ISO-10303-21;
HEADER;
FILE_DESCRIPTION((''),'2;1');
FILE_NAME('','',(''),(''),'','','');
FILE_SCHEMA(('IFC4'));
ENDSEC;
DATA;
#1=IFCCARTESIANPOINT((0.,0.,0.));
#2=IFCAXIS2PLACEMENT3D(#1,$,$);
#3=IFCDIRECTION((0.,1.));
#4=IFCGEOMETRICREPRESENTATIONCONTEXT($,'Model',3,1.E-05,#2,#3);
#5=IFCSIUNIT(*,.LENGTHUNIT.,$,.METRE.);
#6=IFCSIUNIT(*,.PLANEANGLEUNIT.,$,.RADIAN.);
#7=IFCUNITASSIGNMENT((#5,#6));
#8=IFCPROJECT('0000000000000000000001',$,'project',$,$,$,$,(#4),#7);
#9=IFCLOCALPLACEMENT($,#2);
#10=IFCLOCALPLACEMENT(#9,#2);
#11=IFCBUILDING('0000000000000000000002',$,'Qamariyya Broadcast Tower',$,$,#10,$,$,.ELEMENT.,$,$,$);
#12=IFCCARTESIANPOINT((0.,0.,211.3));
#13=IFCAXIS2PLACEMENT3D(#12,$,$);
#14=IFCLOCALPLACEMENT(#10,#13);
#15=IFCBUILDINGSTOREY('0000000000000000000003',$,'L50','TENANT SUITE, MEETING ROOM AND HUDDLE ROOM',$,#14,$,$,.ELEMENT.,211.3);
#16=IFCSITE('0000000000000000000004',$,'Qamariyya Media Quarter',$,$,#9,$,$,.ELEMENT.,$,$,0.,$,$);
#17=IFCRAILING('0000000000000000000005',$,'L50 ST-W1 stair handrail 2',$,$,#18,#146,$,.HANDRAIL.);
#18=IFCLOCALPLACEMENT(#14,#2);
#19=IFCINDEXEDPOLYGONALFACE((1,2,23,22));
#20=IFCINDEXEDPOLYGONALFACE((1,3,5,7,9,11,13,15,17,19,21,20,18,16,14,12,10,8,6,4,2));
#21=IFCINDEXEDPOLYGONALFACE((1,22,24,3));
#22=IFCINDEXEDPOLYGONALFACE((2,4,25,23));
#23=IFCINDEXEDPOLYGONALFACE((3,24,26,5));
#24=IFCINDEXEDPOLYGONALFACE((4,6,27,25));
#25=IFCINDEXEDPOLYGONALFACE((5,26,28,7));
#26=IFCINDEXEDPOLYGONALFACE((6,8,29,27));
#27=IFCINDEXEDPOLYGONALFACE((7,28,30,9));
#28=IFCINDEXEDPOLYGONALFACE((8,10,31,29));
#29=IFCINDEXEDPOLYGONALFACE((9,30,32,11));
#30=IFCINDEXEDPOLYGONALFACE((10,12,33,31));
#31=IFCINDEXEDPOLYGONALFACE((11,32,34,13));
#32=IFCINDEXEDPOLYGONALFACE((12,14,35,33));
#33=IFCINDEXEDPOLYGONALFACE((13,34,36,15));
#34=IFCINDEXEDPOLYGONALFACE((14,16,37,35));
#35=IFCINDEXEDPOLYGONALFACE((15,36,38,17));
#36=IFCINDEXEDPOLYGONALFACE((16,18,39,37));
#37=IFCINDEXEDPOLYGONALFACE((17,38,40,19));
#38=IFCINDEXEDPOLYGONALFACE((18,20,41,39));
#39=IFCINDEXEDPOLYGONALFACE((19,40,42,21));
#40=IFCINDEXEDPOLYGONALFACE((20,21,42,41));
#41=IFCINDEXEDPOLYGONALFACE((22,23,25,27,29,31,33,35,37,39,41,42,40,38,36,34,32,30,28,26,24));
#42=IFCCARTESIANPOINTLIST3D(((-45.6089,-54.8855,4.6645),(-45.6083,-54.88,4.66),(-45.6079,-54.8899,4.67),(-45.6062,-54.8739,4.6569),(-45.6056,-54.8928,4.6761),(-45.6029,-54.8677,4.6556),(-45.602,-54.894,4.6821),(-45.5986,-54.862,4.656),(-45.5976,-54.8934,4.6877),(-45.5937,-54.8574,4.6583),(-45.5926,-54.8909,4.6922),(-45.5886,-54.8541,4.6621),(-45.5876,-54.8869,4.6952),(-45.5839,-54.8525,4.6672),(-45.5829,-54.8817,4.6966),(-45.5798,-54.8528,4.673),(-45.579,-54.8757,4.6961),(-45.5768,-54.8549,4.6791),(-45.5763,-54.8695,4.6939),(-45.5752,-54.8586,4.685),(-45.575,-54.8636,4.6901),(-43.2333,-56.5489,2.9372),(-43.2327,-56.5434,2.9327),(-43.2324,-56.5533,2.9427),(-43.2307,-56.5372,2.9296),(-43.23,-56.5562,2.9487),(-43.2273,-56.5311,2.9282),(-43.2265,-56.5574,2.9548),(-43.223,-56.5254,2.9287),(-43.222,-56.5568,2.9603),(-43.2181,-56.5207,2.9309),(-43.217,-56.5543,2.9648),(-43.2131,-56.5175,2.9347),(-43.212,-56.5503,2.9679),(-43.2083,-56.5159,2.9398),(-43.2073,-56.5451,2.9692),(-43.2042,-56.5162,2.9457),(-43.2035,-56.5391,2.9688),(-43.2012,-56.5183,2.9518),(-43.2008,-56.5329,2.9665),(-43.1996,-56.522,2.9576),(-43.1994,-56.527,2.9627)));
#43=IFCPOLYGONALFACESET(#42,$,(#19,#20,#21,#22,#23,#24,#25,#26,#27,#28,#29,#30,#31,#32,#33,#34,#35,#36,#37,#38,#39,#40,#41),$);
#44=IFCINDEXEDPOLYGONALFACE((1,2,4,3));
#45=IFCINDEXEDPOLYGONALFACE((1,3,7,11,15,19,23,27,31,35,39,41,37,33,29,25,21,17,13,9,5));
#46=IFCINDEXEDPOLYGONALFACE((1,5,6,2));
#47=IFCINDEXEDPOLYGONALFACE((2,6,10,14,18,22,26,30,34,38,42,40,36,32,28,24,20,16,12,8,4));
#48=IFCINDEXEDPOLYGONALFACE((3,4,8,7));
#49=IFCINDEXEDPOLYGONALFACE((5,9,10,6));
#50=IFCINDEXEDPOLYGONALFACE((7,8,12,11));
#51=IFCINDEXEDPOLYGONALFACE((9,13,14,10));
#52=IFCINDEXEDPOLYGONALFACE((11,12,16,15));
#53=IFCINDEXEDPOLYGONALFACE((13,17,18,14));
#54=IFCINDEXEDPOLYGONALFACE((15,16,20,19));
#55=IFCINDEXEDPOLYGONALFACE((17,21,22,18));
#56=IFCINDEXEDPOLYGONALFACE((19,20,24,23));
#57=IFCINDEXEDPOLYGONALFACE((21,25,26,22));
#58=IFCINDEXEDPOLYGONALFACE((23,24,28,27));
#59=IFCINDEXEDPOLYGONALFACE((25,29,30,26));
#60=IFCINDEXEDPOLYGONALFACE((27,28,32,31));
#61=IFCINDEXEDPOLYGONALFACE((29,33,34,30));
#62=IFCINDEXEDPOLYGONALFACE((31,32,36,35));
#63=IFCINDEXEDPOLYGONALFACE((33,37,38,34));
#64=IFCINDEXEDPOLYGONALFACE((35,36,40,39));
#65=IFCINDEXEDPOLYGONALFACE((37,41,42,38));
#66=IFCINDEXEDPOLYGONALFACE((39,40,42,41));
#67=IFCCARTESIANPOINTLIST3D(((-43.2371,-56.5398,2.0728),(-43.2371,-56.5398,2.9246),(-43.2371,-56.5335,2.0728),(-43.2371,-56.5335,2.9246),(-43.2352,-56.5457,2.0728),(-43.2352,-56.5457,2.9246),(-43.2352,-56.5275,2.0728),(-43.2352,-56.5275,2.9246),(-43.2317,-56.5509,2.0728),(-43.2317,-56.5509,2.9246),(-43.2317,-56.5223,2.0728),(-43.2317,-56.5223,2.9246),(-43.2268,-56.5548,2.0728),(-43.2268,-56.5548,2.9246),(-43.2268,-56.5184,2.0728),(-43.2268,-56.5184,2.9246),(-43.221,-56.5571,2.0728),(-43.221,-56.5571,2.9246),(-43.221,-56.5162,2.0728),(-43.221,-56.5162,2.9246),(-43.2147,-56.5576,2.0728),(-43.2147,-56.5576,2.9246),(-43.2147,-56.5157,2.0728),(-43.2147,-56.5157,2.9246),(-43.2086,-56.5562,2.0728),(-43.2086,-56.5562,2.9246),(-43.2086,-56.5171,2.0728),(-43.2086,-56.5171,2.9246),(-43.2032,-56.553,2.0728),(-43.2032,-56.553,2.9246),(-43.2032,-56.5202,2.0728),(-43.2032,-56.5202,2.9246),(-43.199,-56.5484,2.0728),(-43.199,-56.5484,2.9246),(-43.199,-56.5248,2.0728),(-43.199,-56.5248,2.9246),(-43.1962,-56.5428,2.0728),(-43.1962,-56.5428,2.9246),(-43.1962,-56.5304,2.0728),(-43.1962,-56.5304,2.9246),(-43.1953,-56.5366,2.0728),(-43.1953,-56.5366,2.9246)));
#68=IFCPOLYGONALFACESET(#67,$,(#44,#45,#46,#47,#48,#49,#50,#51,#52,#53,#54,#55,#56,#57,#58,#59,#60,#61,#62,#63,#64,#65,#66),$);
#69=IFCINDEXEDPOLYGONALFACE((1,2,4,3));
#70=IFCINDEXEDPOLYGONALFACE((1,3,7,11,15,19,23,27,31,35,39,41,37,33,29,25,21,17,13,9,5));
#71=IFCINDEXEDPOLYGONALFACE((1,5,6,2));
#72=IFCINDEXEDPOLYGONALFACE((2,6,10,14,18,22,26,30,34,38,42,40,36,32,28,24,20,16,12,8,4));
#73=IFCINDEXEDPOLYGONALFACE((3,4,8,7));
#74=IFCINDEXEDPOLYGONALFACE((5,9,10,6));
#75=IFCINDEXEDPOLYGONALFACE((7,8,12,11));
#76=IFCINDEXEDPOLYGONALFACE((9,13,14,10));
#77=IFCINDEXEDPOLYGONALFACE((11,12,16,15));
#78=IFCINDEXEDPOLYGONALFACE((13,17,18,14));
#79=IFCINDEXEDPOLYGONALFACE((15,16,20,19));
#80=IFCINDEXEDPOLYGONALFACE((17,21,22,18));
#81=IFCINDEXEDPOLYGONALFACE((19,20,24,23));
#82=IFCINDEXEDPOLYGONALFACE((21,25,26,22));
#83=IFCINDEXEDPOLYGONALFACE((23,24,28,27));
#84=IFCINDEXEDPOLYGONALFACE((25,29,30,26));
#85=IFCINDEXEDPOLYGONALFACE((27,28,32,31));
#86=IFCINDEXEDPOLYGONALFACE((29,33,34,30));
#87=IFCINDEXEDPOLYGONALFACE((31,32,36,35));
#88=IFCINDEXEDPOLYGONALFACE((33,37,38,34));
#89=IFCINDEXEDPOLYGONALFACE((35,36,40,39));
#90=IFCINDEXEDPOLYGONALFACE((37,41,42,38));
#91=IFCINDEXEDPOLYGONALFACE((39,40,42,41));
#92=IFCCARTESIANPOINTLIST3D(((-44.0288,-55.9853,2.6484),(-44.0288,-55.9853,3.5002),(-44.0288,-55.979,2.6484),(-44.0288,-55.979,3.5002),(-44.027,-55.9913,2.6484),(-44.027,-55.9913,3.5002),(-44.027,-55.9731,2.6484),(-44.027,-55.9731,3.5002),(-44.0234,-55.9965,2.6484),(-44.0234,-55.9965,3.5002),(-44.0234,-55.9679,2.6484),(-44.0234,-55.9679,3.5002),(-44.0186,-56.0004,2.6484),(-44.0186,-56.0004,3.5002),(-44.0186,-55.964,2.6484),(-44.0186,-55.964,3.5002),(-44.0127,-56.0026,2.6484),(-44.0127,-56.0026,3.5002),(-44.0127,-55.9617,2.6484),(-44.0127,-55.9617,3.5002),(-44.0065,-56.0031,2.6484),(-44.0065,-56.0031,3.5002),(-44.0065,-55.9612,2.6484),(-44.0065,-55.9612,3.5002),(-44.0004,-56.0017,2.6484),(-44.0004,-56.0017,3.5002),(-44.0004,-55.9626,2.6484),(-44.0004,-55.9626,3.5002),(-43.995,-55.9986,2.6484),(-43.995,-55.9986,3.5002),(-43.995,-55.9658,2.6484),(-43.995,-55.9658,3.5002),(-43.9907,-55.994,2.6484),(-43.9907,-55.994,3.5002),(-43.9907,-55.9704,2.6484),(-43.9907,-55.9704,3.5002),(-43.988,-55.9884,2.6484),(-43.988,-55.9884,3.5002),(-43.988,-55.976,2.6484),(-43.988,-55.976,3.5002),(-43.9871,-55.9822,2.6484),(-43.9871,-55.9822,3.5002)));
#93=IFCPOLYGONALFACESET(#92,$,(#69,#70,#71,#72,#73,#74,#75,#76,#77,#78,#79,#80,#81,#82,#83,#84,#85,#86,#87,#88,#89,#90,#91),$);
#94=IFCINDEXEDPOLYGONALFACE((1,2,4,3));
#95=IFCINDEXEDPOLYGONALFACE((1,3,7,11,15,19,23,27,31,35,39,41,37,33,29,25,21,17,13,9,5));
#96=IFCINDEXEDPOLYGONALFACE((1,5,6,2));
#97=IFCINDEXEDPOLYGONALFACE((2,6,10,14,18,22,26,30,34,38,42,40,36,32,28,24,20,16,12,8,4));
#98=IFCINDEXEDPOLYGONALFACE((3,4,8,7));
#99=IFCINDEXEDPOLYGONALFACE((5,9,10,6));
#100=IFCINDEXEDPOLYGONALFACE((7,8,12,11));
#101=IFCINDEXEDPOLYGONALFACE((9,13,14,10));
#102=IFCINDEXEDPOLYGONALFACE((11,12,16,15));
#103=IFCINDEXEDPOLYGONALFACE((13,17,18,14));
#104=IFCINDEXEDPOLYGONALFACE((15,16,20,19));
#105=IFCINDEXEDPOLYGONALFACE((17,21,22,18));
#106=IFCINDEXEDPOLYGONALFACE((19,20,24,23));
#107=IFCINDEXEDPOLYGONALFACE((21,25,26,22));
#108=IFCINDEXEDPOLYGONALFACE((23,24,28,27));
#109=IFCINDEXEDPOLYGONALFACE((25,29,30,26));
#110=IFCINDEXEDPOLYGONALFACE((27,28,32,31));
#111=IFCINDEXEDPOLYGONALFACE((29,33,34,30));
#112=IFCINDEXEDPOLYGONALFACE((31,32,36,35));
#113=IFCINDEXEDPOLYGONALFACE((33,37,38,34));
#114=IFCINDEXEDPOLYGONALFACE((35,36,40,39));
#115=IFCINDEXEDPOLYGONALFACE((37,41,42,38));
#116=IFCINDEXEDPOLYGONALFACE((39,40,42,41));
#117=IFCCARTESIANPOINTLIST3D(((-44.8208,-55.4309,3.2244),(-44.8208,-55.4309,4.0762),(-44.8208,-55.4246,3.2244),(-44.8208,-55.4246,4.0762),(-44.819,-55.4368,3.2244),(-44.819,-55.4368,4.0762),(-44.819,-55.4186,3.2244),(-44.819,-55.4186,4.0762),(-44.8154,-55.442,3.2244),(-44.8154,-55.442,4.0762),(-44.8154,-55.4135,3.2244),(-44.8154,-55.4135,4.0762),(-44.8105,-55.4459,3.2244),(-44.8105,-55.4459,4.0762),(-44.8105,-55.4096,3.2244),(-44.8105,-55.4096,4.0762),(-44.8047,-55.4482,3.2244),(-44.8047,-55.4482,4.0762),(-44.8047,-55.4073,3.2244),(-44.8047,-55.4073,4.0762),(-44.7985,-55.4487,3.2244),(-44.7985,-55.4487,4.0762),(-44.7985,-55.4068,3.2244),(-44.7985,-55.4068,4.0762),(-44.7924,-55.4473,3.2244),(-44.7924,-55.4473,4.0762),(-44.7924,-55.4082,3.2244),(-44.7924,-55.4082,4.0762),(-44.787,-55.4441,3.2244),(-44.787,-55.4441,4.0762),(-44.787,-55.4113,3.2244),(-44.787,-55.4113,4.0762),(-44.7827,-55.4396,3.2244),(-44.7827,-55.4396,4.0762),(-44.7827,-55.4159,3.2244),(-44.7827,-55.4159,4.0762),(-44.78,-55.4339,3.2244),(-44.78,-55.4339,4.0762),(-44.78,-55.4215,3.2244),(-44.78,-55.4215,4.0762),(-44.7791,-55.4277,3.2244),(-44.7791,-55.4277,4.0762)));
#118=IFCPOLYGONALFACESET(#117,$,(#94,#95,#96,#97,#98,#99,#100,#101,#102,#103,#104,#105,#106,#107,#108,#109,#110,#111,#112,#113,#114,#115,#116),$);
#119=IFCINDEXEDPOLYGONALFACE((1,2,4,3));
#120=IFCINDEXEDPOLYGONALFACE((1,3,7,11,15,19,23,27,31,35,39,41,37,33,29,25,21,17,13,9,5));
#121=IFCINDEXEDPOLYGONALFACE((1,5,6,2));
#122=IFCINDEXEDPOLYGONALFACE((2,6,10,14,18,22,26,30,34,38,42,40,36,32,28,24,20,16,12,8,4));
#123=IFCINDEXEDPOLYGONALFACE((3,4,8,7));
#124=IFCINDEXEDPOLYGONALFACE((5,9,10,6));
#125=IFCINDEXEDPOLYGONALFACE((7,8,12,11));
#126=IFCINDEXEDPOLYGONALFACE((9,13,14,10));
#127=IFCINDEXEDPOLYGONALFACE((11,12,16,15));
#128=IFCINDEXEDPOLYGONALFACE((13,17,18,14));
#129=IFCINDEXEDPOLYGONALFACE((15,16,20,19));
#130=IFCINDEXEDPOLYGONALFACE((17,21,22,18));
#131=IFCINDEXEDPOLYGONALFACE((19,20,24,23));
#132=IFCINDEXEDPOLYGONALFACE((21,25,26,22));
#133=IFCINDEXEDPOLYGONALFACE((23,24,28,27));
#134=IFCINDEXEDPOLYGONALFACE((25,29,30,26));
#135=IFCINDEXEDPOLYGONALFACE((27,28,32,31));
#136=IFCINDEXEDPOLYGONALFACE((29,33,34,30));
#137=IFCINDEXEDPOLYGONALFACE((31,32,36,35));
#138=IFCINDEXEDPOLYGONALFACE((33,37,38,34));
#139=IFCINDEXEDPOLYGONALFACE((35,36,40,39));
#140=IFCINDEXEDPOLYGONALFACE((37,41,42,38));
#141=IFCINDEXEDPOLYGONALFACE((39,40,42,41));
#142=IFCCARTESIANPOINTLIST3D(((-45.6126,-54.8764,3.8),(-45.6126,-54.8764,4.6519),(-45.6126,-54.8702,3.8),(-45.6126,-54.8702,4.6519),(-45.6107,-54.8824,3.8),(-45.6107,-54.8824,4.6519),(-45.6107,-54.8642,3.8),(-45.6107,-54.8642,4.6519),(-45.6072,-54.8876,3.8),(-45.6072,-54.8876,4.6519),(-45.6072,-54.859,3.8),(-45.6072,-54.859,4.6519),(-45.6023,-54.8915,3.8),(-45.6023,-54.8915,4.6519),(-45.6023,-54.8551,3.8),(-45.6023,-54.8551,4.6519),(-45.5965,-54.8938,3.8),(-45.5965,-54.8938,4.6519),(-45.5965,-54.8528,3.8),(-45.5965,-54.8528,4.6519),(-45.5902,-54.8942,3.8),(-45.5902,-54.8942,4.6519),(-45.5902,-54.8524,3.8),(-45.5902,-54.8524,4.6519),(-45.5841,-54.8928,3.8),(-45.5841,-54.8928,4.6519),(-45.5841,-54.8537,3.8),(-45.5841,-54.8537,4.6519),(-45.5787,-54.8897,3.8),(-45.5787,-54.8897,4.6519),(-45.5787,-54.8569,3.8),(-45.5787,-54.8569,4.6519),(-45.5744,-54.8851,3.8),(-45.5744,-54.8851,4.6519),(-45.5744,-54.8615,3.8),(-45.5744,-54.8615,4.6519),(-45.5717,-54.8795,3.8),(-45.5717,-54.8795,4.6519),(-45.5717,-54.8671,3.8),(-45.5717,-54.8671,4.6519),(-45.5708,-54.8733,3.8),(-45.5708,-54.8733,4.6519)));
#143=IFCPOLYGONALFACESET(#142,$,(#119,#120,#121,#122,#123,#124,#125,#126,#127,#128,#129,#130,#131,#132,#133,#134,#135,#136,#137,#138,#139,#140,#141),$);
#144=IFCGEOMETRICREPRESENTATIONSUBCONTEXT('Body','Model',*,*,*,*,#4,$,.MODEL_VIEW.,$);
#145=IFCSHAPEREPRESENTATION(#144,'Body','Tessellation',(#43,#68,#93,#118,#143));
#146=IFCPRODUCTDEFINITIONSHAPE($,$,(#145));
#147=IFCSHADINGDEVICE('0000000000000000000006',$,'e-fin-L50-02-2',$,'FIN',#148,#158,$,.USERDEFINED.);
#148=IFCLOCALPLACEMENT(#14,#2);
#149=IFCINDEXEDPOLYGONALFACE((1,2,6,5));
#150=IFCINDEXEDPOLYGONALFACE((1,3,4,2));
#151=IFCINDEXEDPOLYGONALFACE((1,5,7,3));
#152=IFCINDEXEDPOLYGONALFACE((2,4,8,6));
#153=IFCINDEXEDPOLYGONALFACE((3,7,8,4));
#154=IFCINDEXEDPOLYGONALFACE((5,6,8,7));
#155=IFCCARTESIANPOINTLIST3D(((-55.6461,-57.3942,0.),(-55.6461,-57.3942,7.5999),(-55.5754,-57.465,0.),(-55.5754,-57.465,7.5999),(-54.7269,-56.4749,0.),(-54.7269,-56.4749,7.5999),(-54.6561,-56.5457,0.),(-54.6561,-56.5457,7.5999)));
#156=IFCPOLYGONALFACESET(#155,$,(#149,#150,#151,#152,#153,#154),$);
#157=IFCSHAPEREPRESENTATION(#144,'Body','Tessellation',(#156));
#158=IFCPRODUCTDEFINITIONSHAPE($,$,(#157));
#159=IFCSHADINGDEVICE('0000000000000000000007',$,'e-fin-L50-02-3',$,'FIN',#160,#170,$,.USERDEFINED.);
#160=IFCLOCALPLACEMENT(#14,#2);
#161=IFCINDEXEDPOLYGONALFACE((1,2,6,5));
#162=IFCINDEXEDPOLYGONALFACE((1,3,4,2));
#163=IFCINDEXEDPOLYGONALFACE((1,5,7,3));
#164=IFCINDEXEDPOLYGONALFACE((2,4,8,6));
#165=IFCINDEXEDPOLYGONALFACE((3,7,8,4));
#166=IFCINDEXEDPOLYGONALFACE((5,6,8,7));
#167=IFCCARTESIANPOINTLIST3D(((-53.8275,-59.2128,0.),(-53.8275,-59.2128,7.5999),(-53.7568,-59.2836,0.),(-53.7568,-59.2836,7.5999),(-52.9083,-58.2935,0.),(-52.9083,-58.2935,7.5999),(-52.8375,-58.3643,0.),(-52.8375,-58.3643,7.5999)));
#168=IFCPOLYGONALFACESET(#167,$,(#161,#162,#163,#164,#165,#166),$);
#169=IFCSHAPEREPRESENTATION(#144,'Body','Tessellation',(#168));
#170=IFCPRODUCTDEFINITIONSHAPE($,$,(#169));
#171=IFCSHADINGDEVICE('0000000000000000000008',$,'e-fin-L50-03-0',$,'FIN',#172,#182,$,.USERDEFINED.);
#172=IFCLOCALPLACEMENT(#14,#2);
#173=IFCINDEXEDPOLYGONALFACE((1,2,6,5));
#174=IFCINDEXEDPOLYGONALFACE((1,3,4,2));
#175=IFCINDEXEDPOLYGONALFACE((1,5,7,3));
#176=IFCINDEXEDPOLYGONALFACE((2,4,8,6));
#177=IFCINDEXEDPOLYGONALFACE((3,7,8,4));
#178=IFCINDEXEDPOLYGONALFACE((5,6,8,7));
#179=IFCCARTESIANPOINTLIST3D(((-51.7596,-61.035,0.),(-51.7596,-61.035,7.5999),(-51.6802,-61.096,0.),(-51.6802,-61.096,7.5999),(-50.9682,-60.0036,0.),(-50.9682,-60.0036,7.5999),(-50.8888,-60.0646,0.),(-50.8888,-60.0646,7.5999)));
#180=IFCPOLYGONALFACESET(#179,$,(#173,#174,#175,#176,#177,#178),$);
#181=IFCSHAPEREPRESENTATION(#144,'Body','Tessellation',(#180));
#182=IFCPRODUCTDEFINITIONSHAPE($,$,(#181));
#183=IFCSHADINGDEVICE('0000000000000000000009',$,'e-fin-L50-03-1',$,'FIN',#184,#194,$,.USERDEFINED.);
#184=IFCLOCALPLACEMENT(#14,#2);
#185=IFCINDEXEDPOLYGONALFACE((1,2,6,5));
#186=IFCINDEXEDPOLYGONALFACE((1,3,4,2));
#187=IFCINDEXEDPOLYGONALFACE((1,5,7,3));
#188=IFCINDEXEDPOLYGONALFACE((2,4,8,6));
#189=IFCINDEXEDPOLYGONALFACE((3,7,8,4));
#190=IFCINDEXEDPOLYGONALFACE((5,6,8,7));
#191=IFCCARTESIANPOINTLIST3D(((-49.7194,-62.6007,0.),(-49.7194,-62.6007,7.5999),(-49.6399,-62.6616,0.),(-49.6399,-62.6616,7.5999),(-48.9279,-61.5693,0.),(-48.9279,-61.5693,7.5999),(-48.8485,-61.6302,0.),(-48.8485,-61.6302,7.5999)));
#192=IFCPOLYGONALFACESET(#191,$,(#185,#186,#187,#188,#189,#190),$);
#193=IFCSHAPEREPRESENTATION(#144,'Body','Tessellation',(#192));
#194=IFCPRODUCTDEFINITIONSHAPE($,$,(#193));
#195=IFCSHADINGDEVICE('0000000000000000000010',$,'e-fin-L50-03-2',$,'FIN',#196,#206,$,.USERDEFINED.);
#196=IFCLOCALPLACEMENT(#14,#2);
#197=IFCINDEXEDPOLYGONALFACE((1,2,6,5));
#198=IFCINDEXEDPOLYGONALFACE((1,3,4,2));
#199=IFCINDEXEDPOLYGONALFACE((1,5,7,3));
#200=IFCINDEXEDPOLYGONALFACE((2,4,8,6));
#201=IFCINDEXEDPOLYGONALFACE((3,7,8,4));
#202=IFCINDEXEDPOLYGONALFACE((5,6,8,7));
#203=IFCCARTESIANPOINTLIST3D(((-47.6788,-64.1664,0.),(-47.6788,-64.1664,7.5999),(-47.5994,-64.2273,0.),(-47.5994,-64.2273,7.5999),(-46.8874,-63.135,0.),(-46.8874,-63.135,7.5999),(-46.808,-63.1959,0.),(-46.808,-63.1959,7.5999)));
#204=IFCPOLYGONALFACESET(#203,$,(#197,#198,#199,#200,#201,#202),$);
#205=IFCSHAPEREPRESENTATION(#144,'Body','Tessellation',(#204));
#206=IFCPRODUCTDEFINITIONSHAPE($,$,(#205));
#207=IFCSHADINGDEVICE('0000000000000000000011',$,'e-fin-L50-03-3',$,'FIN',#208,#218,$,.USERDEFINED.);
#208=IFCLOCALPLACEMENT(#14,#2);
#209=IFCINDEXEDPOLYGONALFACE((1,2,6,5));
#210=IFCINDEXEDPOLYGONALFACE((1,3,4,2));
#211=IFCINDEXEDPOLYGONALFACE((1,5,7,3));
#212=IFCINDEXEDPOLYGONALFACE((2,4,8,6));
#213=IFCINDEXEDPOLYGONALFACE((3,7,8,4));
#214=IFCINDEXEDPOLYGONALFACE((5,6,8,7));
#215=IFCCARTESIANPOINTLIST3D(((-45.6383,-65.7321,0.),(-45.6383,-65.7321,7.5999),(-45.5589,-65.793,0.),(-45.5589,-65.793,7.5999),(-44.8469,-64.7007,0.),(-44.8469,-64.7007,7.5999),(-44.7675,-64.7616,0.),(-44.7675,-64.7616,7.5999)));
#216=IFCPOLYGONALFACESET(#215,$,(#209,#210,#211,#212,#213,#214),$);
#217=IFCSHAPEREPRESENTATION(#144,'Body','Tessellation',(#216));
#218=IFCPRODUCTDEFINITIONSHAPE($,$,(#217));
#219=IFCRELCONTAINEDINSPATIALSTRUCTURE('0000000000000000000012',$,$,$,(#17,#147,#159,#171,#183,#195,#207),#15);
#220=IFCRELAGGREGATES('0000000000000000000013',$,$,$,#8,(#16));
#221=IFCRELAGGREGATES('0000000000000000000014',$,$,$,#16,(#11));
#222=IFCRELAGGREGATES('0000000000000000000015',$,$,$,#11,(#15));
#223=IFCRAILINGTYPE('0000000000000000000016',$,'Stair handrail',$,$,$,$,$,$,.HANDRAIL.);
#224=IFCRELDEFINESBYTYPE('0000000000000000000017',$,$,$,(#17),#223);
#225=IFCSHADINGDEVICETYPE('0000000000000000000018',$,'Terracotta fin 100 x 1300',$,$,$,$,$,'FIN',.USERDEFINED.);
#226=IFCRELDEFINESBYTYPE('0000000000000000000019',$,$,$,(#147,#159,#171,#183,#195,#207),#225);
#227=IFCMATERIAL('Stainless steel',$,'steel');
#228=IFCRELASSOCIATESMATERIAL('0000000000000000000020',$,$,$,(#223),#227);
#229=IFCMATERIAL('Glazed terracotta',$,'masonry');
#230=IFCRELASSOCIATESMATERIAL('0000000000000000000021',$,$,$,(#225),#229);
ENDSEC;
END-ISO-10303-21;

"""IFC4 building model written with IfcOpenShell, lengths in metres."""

from ifc_helpers import new_model, si_unit, direction, frame, origin, origin_2d, place, context, subcontext, project, spatial, rectangle, circle, extrude, material, material_profile, profile_set, type_object, element, save


model = new_model("IFC4")

# Units and contexts
model_context = context("Model", 3, precision=1e-05, world=origin(), true_north=direction((0.0, 1.0)))
body_context = subcontext(model_context, "Body", "Model", "MODEL_VIEW")
ifc_project = project(units=[si_unit("LENGTHUNIT", "METRE"), si_unit("PLANEANGLEUNIT", "RADIAN")], contexts=[model_context])

# Site, building, storey
site_placement = place(None, origin())
site = spatial("IfcSite", under=ifc_project, at=site_placement, Name="Qamariyya Media Quarter", CompositionType="ELEMENT", RefElevation=0.0)
building_placement = place(site_placement, origin())
building = spatial("IfcBuilding", under=site, at=building_placement, Name="Qamariyya Broadcast Tower", CompositionType="ELEMENT")
storey_placement = place(building_placement, frame((0.0, 0.0, 211.3)))
storey = spatial("IfcBuildingStorey", under=building, at=storey_placement, Name="L50", Description="TENANT SUITE, MEETING ROOM AND HUDDLE ROOM", CompositionType="ELEMENT", Elevation=211.3)

# Railing
ifc_material_1 = material(Name="Stainless steel", Category="steel")
railing_type_1 = type_object("IfcRailingType", Name="Stair handrail", PredefinedType="HANDRAIL", material=ifc_material_1)
railing_1_placement = place(storey_placement, frame((-43.2163, -56.5366, 2.0728)))
element("IfcRailing", 1, at=railing_1_placement, inside=storey, type_object=railing_type_1, Name="L50 ST-W1 stair handrail 2", PredefinedType="HANDRAIL", context=body_context, shape_type="SweptSolid", body=[
    extrude(circle(Radius=0.0239, at=origin_2d()), frame((0.0, 0.0, 0.876), z_axis=(-0.70377, 0.492784, 0.511734), x_axis=(-0.573575, -0.819153, 0.0)), (0.0, 0.0, 1.0), 3.3755),
    extrude(circle(Radius=0.021, at=origin_2d()), origin(), (0.0, 0.0, 1.0), 0.8518),
    extrude(circle(Radius=0.021, at=origin_2d()), frame((-0.7917, 0.5544, 0.5757)), (0.0, 0.0, 1.0), 0.8518),
    extrude(circle(Radius=0.021, at=origin_2d()), frame((-1.5837, 1.1089, 1.1516)), (0.0, 0.0, 1.0), 0.8518),
    extrude(circle(Radius=0.021, at=origin_2d()), frame((-2.3755, 1.6633, 1.7273)), (0.0, 0.0, 1.0), 0.8518),
])

# Shading devices
ifc_material_2 = material(Name="Glazed terracotta", Category="masonry")
ifc_material_profile_1 = material_profile(ifc_material_2, rectangle(XDim=1.3, YDim=0.1001, at=origin_2d()))
ifc_profile_set_1 = profile_set([ifc_material_profile_1], Name="Glazed terracotta")
shading_device_type_1 = type_object("IfcShadingDeviceType", Name="Terracotta fin 100 x 1300", ElementType="FIN", PredefinedType="USERDEFINED", material=ifc_profile_set_1)
for number, where, z_axis, x_axis, name in (
    (2, (-55.1511, -56.97, 0.0), (0.0, 0.0, 1.0), (-0.707107, -0.707107, 0.0), "e-fin-L50-02-2"),
    (3, (-53.3325, -58.7886, 0.0), (0.0, 0.0, 1.0), (-0.707107, -0.707107, 0.0), "e-fin-L50-02-3"),
    (4, (-51.3242, -60.5498, 0.0), (0.0, 0.0, 1.0), (-0.608761, -0.793353, 0.0), "e-fin-L50-03-0"),
    (5, (-49.2839, -62.1155, 0.0), (0.0, 0.0, 1.0), (-0.608761, -0.793353, 0.0), "e-fin-L50-03-1"),
    (6, (-47.2434, -63.6812, 0.0), (0.0, 0.0, 1.0), (-0.608761, -0.793353, 0.0), "e-fin-L50-03-2"),
    (7, (-45.2029, -65.2468, 0.0), (0.0, 0.0, 1.0), (-0.608761, -0.793353, 0.0), "e-fin-L50-03-3"),
):
    element("IfcShadingDevice", number, at=place(storey_placement, frame(where, z_axis=z_axis, x_axis=x_axis)), inside=storey, type_object=shading_device_type_1, Name=name, ObjectType="FIN", PredefinedType="USERDEFINED", context=body_context, shape_type="SweptSolid", body=[
        extrude(rectangle(XDim=1.3, YDim=0.1001, at=origin_2d()), origin(), (0.0, 0.0, 1.0), 7.5999),
    ])

save(model, "model.ifc")
